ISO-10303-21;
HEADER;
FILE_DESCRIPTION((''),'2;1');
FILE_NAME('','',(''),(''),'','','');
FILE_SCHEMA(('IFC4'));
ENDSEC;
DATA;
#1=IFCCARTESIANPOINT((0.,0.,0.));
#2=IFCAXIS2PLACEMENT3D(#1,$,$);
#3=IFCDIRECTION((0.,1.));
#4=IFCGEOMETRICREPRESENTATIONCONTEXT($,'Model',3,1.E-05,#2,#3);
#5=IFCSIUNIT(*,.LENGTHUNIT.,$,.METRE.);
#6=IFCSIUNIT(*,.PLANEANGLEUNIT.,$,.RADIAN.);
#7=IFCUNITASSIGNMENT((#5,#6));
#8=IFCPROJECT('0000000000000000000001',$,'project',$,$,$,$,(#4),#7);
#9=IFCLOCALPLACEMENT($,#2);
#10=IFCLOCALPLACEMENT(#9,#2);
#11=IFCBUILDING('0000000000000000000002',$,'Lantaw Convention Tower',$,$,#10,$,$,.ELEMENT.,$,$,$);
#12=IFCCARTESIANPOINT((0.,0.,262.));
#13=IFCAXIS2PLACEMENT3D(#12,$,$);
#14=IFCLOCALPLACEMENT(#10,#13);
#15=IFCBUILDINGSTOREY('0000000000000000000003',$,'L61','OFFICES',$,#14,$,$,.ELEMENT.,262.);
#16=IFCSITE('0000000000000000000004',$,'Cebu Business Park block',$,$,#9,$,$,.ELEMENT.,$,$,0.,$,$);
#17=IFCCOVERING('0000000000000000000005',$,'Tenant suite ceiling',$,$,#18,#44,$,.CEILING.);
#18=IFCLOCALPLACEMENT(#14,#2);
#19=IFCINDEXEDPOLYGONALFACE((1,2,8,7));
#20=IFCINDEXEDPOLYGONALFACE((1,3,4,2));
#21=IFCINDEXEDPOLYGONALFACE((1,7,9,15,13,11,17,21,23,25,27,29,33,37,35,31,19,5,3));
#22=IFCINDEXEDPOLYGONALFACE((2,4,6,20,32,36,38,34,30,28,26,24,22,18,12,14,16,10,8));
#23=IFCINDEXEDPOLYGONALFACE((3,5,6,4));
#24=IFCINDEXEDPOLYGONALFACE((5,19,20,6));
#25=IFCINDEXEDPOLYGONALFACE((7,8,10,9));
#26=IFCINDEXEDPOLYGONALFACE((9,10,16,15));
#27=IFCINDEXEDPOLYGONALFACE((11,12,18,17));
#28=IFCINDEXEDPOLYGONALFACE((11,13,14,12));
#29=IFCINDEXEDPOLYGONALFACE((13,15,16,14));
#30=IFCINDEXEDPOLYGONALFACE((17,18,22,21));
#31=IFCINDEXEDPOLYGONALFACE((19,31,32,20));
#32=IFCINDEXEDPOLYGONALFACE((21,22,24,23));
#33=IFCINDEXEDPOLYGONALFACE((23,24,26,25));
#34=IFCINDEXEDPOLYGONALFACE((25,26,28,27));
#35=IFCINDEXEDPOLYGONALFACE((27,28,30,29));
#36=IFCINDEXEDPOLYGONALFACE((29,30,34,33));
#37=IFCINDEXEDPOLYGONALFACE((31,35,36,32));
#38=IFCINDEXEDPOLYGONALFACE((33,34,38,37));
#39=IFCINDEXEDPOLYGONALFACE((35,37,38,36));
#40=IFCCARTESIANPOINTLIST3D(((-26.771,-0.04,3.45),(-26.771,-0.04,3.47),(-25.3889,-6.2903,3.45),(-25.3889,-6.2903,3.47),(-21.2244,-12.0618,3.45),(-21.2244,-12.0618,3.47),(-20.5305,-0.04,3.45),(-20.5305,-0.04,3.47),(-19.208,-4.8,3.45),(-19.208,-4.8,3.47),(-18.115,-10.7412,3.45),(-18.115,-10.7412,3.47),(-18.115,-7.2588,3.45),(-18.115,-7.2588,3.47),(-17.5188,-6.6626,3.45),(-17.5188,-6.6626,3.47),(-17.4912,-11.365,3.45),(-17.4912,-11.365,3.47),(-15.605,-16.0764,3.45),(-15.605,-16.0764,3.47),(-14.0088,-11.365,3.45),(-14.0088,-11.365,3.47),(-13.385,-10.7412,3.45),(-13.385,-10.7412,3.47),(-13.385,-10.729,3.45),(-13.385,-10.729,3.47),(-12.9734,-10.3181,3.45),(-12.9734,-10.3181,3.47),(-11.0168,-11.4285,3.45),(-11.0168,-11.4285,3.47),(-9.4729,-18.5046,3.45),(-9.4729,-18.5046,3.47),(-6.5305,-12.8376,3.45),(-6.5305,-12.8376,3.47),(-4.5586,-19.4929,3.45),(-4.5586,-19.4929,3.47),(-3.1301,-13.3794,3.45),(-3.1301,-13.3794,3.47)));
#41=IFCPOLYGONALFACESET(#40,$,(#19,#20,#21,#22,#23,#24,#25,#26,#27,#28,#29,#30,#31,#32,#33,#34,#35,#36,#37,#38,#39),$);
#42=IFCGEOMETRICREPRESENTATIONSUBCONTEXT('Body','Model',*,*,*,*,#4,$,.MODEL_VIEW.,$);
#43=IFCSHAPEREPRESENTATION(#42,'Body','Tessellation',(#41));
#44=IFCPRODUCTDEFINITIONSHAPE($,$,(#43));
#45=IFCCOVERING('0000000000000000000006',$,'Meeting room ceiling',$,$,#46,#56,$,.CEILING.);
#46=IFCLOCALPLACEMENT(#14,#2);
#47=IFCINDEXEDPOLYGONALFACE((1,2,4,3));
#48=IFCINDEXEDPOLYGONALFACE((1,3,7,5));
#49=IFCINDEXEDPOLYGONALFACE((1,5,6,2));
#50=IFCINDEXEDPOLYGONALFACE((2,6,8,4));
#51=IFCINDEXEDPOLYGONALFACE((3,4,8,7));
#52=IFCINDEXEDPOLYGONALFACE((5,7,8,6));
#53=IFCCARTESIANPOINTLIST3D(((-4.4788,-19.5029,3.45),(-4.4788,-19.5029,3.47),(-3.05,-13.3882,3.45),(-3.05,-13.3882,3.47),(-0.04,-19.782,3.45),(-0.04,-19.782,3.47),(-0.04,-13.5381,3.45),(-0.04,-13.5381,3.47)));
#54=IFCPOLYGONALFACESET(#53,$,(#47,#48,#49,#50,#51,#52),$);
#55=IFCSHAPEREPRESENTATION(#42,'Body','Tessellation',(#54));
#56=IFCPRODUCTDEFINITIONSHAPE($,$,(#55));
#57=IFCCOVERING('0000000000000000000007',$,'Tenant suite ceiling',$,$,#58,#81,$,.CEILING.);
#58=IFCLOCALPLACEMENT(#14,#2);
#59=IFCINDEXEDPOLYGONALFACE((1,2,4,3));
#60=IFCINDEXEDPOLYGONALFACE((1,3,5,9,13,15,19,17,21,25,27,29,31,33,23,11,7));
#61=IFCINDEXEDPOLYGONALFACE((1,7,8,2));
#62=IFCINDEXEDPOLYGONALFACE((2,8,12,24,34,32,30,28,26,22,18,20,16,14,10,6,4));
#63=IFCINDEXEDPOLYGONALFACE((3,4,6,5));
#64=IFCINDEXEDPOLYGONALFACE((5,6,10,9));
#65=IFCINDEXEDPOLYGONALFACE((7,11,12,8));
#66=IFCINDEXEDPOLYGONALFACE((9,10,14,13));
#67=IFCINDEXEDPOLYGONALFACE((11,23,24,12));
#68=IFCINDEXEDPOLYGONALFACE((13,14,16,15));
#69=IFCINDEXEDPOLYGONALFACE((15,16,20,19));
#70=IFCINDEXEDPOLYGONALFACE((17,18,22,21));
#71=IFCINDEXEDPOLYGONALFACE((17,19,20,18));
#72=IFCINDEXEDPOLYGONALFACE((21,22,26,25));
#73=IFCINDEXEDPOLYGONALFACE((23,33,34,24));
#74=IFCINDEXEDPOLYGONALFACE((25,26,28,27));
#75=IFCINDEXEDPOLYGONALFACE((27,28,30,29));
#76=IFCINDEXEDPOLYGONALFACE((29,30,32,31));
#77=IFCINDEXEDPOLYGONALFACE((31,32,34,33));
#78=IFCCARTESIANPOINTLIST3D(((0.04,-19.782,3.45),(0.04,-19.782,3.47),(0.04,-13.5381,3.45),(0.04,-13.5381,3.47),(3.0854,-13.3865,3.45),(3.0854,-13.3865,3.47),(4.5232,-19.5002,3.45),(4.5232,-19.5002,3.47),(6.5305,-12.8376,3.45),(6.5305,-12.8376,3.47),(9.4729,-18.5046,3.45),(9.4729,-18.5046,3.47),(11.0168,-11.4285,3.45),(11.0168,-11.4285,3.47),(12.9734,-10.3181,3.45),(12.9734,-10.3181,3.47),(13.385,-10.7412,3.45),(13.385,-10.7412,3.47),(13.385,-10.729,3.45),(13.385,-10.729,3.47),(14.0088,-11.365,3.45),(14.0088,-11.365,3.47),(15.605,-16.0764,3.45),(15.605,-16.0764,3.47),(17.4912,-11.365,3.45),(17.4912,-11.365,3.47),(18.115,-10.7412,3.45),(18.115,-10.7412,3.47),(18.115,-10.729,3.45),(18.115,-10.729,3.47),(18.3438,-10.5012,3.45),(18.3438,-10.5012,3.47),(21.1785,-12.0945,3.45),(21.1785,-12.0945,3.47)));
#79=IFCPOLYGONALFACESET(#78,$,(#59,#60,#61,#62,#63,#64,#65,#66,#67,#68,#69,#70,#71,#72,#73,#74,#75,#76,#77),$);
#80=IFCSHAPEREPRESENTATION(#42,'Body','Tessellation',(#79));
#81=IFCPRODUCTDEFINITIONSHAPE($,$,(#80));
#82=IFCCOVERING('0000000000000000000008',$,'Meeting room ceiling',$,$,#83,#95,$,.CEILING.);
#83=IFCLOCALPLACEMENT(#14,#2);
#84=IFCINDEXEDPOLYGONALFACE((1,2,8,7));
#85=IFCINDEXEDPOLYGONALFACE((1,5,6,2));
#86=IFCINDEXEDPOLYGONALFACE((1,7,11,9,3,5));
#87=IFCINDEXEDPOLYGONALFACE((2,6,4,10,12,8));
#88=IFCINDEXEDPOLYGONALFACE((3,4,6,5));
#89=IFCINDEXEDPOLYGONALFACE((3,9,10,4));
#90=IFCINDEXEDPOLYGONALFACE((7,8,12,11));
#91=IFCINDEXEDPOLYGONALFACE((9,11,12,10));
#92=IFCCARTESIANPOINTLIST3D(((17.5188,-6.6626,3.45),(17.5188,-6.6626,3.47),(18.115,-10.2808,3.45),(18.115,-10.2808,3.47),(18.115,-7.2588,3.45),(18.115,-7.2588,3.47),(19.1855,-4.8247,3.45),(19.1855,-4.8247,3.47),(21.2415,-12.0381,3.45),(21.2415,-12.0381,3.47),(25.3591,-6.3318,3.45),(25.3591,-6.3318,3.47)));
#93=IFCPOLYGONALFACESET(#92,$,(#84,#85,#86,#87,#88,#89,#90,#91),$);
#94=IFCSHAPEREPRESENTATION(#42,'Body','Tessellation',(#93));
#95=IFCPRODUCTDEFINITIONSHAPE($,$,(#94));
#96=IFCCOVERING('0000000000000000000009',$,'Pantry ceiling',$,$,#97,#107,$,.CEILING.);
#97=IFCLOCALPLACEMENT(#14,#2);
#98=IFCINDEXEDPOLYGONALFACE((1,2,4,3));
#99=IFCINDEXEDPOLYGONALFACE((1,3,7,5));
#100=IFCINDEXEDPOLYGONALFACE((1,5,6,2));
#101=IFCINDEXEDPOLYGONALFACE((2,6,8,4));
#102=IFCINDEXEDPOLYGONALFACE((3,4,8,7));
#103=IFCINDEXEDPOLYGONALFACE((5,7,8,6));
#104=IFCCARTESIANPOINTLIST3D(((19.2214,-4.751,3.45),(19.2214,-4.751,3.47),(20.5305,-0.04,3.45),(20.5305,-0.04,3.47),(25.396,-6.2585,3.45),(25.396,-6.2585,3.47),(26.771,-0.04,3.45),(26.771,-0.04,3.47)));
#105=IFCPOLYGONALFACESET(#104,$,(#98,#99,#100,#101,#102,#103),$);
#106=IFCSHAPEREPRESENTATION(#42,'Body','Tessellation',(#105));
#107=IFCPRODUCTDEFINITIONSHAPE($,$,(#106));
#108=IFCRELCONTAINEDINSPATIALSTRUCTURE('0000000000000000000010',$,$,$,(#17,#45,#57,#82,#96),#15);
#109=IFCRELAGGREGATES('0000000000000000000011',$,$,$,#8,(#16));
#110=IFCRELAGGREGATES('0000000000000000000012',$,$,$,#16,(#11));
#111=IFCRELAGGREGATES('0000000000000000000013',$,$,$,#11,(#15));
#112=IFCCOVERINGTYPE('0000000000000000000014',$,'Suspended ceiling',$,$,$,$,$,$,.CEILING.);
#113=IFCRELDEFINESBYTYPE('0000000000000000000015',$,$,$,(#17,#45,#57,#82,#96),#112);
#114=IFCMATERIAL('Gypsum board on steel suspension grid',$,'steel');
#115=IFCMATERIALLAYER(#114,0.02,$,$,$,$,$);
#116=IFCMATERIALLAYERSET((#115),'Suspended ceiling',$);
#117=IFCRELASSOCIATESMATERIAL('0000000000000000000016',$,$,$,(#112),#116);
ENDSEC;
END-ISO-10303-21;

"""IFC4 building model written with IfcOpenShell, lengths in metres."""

from ifc_helpers import new_model, si_unit, direction, frame, origin, place, context, subcontext, project, spatial, polyline, outline, extrude, material, layer, layer_set, type_object, element, save


model = new_model("IFC4")

# Units and contexts
model_context = context("Model", 3, precision=1e-05, world=origin(), true_north=direction((0.0, 1.0)))
body_context = subcontext(model_context, "Body", "Model", "MODEL_VIEW")
ifc_project = project(units=[si_unit("LENGTHUNIT", "METRE"), si_unit("PLANEANGLEUNIT", "RADIAN")], contexts=[model_context])

# Site, building, storey
site_placement = place(None, origin())
site = spatial("IfcSite", under=ifc_project, at=site_placement, Name="Cebu Business Park block", CompositionType="ELEMENT", RefElevation=0.0)
building_placement = place(site_placement, origin())
building = spatial("IfcBuilding", under=site, at=building_placement, Name="Lantaw Convention Tower", CompositionType="ELEMENT")
storey_placement = place(building_placement, frame((0.0, 0.0, 262.0)))
storey = spatial("IfcBuildingStorey", under=building, at=storey_placement, Name="L61", Description="OFFICES", CompositionType="ELEMENT", Elevation=262.0)

# Coverings
ifc_material_1 = material(Name="Gypsum board on steel suspension grid", Category="steel")
ifc_layer_1 = layer(ifc_material_1, 0.02)
ifc_layer_set_1 = layer_set([ifc_layer_1], Name="Suspended ceiling")
covering_type = type_object("IfcCoveringType", Name="Suspended ceiling", PredefinedType="CEILING", material=ifc_layer_set_1)
covering_1_placement = place(storey_placement, frame((0.0, 0.0, 3.45)))
element("IfcCovering", 1, at=covering_1_placement, inside=storey, type_object=covering_type, Name="Tenant suite ceiling", PredefinedType="CEILING", context=body_context, shape_type="SweptSolid", body=[
    extrude(outline(polyline([(-17.5188, -6.6626), (-19.208, -4.8), (-20.5305, -0.04), (-26.771, -0.04), (-25.3889, -6.2903), (-21.2244, -12.0618), (-15.605, -16.0764), (-9.4729, -18.5046), (-4.5586, -19.4929), (-3.1301, -13.3794), (-6.5305, -12.8376), (-11.0168, -11.4285), (-12.9734, -10.3181), (-13.385, -10.729), (-13.385, -10.7412), (-14.0088, -11.365), (-17.4912, -11.365), (-18.115, -10.7412), (-18.115, -7.2588), (-17.5188, -6.6626)])), origin(), (0.0, 0.0, 1.0), 0.02),
])
covering_2_placement = place(storey_placement, frame((0.0, 0.0, 3.45)))
element("IfcCovering", 2, at=covering_2_placement, inside=storey, type_object=covering_type, Name="Meeting room ceiling", PredefinedType="CEILING", context=body_context, shape_type="SweptSolid", body=[
    extrude(outline(polyline([(-3.05, -13.3882), (-4.4788, -19.5029), (-0.04, -19.782), (-0.04, -13.5381), (-3.05, -13.3882)])), origin(), (0.0, 0.0, 1.0), 0.02),
])
covering_3_placement = place(storey_placement, frame((0.0, 0.0, 3.45)))
element("IfcCovering", 3, at=covering_3_placement, inside=storey, type_object=covering_type, Name="Tenant suite ceiling", PredefinedType="CEILING", context=body_context, shape_type="SweptSolid", body=[
    extrude(outline(polyline([(6.5305, -12.8376), (3.0854, -13.3865), (0.04, -13.5381), (0.04, -19.782), (4.5232, -19.5002), (9.4729, -18.5046), (15.605, -16.0764), (21.1785, -12.0945), (18.3438, -10.5012), (18.115, -10.729), (18.115, -10.7412), (17.4912, -11.365), (14.0088, -11.365), (13.385, -10.7412), (13.385, -10.729), (12.9734, -10.3181), (11.0168, -11.4285), (6.5305, -12.8376)])), origin(), (0.0, 0.0, 1.0), 0.02),
])
covering_4_placement = place(storey_placement, frame((0.0, 0.0, 3.45)))
element("IfcCovering", 4, at=covering_4_placement, inside=storey, type_object=covering_type, Name="Meeting room ceiling", PredefinedType="CEILING", context=body_context, shape_type="SweptSolid", body=[
    extrude(outline(polyline([(17.5188, -6.6626), (18.115, -7.2588), (18.115, -10.2808), (21.2415, -12.0381), (25.3591, -6.3318), (19.1855, -4.8247), (17.5188, -6.6626)])), origin(), (0.0, 0.0, 1.0), 0.02),
])
covering_5_placement = place(storey_placement, frame((0.0, 0.0, 3.45)))
element("IfcCovering", 5, at=covering_5_placement, inside=storey, type_object=covering_type, Name="Pantry ceiling", PredefinedType="CEILING", context=body_context, shape_type="SweptSolid", body=[
    extrude(outline(polyline([(19.2214, -4.751), (25.396, -6.2585), (26.771, -0.04), (20.5305, -0.04), (19.2214, -4.751)])), origin(), (0.0, 0.0, 1.0), 0.02),
])

save(model, "model.ifc")
